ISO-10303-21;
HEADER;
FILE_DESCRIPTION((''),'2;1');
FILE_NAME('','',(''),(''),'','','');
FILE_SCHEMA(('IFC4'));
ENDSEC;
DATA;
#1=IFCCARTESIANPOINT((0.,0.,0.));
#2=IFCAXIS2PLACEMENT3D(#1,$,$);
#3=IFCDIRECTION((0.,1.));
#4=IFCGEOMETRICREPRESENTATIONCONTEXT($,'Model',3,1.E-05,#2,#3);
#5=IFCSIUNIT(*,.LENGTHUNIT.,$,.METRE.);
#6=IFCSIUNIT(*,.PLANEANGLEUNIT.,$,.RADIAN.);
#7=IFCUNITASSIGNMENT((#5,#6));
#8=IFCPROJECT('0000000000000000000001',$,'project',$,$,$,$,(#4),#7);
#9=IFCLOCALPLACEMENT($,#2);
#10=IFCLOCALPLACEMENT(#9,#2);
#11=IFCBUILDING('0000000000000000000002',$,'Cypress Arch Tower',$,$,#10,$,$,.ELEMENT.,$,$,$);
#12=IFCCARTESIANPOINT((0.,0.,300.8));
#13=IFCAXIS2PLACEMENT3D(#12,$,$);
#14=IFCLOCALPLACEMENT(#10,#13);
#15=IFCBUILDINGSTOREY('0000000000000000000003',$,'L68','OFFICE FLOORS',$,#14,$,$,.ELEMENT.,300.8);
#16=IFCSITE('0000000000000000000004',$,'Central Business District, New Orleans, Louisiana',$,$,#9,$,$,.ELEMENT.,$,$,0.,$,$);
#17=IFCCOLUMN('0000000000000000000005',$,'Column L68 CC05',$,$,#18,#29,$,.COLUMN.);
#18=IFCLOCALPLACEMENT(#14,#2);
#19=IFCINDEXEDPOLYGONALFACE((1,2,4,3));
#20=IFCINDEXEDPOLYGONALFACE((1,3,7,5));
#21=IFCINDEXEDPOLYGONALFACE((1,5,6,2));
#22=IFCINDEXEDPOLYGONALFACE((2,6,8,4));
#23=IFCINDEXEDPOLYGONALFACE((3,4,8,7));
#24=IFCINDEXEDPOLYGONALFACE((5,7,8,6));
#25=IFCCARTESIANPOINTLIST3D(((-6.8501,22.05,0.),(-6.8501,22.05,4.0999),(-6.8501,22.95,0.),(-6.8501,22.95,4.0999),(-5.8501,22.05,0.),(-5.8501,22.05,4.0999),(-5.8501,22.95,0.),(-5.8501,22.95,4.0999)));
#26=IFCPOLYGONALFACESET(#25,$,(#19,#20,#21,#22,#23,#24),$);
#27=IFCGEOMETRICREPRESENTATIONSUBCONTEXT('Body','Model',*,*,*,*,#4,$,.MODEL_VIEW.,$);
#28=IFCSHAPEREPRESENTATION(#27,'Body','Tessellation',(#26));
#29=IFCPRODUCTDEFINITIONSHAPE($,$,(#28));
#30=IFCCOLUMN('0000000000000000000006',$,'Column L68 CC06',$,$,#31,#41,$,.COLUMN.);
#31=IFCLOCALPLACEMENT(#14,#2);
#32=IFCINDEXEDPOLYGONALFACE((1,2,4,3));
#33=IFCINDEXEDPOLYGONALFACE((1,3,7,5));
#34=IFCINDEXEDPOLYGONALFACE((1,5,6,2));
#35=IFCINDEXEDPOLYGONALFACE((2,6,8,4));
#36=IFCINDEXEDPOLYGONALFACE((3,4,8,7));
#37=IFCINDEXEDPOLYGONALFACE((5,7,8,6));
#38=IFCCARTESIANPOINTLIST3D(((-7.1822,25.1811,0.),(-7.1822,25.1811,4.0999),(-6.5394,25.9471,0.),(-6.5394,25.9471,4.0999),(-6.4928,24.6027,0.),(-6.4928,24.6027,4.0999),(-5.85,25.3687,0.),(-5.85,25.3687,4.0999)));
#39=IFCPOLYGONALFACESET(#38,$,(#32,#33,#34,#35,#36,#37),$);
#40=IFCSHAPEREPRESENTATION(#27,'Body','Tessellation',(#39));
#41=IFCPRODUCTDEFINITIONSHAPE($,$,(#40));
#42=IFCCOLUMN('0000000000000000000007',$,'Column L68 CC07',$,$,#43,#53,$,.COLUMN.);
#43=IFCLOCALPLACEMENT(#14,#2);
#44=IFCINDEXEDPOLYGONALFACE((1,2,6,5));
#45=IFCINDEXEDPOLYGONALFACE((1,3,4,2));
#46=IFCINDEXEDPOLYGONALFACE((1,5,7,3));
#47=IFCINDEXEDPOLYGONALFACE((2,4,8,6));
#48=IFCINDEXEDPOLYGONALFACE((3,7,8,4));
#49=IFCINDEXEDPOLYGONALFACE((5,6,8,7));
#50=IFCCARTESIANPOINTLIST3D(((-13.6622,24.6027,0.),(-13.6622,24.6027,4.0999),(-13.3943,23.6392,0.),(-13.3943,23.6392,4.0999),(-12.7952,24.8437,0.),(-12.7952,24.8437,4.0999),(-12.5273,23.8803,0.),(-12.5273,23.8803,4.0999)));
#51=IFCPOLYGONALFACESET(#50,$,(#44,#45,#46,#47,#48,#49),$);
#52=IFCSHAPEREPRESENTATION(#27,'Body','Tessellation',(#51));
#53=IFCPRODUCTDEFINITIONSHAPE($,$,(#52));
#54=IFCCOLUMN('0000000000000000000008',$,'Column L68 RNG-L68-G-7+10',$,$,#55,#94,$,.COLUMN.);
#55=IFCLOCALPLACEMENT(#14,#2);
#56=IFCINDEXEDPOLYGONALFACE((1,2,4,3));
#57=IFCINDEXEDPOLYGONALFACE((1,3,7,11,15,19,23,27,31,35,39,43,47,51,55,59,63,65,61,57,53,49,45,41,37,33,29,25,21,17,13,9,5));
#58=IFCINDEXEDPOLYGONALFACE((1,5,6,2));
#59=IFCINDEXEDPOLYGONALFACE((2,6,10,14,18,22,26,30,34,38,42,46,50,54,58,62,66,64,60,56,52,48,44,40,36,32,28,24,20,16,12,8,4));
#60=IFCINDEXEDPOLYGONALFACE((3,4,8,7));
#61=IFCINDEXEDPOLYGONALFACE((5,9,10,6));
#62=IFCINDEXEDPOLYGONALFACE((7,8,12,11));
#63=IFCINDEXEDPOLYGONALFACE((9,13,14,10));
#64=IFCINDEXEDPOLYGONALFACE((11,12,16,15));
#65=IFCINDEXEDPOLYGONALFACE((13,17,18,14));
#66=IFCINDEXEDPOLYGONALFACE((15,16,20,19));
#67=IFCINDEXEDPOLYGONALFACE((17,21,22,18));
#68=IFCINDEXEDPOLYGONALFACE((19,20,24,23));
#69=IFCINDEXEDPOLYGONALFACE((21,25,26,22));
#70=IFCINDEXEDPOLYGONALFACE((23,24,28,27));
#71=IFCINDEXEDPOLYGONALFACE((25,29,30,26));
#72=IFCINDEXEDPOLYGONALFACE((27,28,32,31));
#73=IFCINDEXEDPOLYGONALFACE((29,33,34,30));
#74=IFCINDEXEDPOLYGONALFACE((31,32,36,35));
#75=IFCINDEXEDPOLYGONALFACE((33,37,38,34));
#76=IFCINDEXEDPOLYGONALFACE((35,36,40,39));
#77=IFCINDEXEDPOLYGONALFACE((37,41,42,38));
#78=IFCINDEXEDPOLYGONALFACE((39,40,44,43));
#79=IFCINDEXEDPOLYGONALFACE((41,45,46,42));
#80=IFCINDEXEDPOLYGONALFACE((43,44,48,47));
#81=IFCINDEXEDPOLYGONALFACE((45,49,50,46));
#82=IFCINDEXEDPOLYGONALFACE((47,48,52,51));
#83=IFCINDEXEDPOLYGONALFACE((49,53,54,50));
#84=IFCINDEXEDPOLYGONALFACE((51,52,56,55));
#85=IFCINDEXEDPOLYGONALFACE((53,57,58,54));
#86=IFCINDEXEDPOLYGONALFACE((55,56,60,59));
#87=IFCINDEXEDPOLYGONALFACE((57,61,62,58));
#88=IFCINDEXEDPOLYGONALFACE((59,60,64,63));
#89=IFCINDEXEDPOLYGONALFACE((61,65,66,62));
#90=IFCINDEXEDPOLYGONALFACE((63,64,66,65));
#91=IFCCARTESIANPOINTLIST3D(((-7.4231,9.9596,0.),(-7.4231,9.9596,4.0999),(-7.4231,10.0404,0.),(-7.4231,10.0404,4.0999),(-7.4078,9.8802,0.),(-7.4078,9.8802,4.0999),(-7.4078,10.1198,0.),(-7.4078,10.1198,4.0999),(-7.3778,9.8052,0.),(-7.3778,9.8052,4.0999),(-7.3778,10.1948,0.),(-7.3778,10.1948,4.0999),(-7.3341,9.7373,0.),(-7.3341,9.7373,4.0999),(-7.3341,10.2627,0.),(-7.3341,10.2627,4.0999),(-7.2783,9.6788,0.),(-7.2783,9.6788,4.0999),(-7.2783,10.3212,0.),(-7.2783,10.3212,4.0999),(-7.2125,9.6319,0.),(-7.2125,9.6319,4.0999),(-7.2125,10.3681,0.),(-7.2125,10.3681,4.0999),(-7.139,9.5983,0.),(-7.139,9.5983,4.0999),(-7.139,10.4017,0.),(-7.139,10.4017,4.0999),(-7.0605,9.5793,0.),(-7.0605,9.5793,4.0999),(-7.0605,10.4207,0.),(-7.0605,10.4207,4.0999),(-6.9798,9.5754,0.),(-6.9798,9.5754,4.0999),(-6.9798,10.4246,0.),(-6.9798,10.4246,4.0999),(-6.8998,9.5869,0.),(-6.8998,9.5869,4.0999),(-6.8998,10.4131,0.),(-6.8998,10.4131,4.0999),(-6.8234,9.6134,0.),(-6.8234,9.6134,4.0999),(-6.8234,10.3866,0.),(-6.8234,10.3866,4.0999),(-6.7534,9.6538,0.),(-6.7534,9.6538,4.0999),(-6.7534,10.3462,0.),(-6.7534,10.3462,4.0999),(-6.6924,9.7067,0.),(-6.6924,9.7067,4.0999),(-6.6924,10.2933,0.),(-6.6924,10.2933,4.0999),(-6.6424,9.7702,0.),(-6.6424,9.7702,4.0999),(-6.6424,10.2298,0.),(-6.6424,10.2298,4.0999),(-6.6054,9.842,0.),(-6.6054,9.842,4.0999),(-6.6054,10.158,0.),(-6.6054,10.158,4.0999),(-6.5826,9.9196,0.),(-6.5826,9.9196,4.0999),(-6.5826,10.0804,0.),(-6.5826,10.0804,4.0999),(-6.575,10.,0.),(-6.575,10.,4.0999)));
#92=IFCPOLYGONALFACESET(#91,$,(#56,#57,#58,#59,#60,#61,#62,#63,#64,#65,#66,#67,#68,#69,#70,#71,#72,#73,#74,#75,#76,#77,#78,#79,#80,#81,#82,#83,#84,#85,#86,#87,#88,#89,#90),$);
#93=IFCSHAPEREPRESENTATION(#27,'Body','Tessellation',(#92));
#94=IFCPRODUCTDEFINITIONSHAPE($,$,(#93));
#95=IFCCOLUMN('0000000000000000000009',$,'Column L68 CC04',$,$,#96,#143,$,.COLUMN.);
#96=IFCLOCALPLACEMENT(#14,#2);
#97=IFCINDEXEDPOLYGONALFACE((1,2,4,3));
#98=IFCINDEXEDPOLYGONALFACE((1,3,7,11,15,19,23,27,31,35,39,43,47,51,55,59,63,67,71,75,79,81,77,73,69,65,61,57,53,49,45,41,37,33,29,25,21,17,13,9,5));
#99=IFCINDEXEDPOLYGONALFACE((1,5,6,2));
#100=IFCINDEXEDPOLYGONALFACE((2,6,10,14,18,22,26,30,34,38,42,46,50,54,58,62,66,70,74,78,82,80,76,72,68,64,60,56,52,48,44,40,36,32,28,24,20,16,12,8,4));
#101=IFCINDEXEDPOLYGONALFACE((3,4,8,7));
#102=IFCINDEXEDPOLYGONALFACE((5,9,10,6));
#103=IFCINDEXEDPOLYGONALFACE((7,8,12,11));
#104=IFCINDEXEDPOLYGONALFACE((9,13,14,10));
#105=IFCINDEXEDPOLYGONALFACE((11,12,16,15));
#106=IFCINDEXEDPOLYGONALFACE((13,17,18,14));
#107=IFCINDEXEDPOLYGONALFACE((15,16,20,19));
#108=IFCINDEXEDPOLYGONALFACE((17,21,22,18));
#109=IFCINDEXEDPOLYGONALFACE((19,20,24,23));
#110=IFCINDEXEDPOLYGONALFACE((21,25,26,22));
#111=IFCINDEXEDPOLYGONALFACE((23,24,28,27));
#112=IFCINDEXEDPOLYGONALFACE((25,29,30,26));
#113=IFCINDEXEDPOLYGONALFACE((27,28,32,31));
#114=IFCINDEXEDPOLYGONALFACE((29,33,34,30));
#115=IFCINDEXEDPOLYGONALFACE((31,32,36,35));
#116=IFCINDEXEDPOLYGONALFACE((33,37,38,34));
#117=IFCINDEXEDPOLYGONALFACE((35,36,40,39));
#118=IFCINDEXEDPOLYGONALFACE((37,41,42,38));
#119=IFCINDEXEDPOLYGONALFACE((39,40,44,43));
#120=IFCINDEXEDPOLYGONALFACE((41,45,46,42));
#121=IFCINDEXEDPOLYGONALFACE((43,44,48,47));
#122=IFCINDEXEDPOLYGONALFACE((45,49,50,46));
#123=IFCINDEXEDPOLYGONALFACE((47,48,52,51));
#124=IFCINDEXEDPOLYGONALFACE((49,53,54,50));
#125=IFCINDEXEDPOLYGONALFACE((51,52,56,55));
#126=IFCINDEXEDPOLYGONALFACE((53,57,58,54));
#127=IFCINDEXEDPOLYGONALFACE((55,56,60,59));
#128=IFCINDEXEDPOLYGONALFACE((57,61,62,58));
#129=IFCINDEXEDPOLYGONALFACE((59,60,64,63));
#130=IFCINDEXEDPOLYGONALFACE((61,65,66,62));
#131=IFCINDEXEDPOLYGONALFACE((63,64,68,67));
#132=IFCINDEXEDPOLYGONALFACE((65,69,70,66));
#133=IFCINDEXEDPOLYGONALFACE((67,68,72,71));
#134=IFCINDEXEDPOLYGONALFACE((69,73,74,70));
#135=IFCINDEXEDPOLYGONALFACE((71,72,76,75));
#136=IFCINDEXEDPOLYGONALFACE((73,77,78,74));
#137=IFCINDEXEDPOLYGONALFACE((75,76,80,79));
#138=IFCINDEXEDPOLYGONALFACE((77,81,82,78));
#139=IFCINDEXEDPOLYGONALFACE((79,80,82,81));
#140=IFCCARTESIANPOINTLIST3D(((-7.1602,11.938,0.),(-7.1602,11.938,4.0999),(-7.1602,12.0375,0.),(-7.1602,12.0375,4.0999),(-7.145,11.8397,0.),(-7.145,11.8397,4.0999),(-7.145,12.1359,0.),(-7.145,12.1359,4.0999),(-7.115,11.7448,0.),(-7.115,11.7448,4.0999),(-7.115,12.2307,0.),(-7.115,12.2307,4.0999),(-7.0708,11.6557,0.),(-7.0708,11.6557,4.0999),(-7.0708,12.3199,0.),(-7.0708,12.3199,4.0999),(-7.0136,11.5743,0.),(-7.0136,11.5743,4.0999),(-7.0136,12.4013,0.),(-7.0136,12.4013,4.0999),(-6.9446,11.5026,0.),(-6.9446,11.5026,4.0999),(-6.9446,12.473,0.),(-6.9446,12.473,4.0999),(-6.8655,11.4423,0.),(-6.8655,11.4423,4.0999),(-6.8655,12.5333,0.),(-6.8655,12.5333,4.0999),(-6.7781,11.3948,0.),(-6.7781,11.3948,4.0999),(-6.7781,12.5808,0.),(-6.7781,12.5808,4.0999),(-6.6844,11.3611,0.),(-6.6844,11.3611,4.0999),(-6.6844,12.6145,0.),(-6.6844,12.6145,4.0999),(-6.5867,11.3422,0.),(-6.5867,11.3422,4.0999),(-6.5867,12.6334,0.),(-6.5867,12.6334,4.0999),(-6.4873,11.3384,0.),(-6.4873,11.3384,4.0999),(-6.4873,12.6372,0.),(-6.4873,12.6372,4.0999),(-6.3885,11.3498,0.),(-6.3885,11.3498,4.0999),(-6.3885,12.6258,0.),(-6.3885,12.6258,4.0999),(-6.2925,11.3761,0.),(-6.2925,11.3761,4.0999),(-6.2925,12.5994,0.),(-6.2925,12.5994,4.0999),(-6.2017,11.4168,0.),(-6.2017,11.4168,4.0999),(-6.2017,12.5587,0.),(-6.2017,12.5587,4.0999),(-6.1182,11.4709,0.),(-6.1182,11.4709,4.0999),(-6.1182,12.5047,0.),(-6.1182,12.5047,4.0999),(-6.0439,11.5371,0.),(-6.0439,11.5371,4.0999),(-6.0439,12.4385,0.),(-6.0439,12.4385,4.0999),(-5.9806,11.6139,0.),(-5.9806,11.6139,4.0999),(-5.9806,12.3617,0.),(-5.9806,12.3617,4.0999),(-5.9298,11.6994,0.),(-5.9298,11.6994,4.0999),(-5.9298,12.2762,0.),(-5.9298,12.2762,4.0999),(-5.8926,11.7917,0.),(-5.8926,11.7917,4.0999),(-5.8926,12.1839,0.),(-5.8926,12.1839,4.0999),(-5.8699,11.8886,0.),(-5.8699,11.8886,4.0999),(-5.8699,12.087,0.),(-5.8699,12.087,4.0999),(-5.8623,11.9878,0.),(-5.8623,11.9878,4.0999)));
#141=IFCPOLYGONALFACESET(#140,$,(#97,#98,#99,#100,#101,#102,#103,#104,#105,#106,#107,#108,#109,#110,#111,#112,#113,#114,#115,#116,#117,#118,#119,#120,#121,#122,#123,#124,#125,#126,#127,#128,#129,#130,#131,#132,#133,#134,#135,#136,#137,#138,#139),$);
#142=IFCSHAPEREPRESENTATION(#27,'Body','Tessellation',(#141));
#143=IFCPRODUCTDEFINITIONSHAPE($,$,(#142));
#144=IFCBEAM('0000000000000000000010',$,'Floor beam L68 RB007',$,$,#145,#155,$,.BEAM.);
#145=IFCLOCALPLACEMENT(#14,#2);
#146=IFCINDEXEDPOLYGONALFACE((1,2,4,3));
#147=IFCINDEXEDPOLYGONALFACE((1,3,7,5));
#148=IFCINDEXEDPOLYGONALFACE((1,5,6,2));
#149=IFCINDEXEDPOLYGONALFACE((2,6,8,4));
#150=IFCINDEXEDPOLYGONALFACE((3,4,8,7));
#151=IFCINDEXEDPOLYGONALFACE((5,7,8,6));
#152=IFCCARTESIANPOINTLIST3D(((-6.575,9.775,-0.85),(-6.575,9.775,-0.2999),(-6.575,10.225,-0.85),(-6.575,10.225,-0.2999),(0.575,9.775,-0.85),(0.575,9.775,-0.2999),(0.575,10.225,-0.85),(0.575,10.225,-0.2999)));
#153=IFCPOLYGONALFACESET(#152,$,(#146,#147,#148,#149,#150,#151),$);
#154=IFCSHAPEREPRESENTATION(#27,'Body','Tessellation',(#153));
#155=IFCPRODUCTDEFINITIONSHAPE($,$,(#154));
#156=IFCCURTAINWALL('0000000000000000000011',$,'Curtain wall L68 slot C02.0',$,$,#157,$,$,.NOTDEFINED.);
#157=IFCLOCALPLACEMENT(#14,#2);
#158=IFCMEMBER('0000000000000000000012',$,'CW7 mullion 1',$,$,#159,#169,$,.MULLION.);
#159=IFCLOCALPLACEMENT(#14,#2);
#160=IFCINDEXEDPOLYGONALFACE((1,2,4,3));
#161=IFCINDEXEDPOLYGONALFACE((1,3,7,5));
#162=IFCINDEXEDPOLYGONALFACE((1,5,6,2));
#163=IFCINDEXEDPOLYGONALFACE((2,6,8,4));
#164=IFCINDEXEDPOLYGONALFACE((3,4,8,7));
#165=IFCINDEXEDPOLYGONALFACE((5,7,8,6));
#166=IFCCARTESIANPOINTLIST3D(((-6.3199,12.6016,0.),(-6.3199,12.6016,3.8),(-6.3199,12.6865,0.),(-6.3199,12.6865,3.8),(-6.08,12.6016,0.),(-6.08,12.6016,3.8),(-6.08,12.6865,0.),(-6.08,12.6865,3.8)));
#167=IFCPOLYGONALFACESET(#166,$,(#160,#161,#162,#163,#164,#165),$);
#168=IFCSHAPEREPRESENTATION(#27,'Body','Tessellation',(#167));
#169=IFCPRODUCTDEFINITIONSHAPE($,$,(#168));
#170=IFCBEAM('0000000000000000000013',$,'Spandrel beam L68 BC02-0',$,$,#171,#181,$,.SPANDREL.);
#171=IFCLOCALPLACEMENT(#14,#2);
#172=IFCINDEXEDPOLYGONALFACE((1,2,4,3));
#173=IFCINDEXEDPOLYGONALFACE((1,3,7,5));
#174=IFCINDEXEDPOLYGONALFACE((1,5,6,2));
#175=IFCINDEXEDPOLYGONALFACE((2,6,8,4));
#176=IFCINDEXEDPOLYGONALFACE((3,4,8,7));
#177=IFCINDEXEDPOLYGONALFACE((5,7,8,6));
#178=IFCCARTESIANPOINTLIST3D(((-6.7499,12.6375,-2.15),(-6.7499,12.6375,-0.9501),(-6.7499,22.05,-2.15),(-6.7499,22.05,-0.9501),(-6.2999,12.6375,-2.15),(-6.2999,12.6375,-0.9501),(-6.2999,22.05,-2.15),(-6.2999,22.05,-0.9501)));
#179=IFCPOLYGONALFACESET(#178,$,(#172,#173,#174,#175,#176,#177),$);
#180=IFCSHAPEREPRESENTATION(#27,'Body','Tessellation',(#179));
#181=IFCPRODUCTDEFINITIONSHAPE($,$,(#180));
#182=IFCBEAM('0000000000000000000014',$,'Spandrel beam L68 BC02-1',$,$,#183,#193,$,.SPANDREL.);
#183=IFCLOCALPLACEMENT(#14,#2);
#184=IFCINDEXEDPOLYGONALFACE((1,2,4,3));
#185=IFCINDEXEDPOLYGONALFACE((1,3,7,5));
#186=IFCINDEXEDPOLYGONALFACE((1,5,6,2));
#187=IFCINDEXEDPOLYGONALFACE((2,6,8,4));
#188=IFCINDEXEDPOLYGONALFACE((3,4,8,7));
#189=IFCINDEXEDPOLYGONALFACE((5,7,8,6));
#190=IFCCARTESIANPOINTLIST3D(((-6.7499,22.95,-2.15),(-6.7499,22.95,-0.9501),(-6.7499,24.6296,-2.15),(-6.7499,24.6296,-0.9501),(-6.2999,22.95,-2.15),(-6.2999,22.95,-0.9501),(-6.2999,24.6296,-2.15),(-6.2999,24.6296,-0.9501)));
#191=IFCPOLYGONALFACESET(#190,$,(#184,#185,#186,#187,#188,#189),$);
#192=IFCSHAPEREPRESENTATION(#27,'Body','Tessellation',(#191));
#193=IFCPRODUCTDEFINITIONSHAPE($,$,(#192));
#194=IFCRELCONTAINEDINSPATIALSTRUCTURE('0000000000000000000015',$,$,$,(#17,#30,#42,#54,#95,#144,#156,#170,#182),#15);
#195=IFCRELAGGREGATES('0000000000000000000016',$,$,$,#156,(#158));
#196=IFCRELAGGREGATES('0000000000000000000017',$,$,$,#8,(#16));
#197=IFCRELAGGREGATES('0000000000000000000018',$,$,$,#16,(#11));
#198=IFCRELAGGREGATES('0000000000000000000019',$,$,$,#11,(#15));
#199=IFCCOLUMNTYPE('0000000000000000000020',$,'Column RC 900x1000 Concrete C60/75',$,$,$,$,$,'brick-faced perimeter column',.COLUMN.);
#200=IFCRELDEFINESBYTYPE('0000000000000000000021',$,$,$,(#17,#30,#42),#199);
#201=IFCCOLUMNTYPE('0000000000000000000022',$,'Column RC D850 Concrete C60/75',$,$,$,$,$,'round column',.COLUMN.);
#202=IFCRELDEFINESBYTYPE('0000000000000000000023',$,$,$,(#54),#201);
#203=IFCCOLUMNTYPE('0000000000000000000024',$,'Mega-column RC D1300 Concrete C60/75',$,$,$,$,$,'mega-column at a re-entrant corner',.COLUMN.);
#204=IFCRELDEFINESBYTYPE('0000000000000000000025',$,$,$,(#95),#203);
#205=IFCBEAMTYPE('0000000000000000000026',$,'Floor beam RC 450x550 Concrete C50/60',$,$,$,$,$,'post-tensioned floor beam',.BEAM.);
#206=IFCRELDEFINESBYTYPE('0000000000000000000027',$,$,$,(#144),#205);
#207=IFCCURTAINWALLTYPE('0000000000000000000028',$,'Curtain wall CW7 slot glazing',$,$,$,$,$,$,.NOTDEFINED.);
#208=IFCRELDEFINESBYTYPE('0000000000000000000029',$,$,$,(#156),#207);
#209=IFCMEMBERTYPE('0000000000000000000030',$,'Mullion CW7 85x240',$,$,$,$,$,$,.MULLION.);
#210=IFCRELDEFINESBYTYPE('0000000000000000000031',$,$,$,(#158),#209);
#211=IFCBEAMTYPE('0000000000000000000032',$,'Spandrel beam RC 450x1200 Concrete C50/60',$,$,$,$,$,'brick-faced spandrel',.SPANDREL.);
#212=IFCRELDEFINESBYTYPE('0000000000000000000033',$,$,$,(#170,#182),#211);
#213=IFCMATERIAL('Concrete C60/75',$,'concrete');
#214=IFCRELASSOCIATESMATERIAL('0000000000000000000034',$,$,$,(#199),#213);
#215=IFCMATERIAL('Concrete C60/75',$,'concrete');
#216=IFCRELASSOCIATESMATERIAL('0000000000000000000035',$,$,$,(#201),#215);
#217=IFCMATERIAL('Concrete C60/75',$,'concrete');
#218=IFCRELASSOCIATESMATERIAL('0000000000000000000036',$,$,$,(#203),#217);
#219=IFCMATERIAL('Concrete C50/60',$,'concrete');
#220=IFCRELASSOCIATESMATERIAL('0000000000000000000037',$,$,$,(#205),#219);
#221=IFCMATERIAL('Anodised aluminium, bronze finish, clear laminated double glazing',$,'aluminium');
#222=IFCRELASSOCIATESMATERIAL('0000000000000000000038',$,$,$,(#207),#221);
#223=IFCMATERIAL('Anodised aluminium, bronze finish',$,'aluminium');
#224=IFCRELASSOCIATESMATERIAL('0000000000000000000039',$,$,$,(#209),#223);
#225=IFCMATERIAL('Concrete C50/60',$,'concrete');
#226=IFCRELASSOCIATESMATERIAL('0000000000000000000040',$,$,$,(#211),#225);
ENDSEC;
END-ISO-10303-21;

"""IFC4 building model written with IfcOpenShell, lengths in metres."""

from ifc_helpers import new_model, si_unit, direction, frame, origin, origin_2d, place, context, subcontext, project, spatial, rectangle, circle, extrude, material, material_profile, profile_set, type_object, element, aggregate, save


model = new_model("IFC4")

# Units and contexts
model_context = context("Model", 3, precision=1e-05, world=origin(), true_north=direction((0.0, 1.0)))
body_context = subcontext(model_context, "Body", "Model", "MODEL_VIEW")
ifc_project = project(units=[si_unit("LENGTHUNIT", "METRE"), si_unit("PLANEANGLEUNIT", "RADIAN")], contexts=[model_context])

# Site, building, storey
site_placement = place(None, origin())
site = spatial("IfcSite", under=ifc_project, at=site_placement, Name="Central Business District, New Orleans, Louisiana", CompositionType="ELEMENT", RefElevation=0.0)
building_placement = place(site_placement, origin())
building = spatial("IfcBuilding", under=site, at=building_placement, Name="Cypress Arch Tower", CompositionType="ELEMENT")
storey_placement = place(building_placement, frame((0.0, 0.0, 300.8)))
storey = spatial("IfcBuildingStorey", under=building, at=storey_placement, Name="L68", Description="OFFICE FLOORS", CompositionType="ELEMENT", Elevation=300.8)

# Columns
ifc_material_1 = material(Name="Concrete C60/75", Category="concrete")
ifc_material_profile_1 = material_profile(ifc_material_1, rectangle(XDim=0.8999, YDim=1.0, at=origin_2d()), Name="RC 900x1000")
ifc_profile_set_1 = profile_set([ifc_material_profile_1], Name="Concrete C60/75")
column_type_1 = type_object("IfcColumnType", Name="Column RC 900x1000 Concrete C60/75", ElementType="brick-faced perimeter column", PredefinedType="COLUMN", material=ifc_profile_set_1)
for number, where, z_axis, x_axis, name in (
    (1, (-6.3501, 22.5, 0.0), (0.0, 0.0, 1.0), (0.0, 1.0, 0.0), "Column L68 CC05"),
    (2, (-6.5161, 25.2749, 0.0), (0.0, 0.0, 1.0), (-0.766064, 0.642765, 0.0), "Column L68 CC06"),
    (3, (-13.0947, 24.2415, 0.0), (0.0, 0.0, 1.0), (-0.963456, -0.267868, 0.0), "Column L68 CC07"),
):
    element("IfcColumn", number, at=place(storey_placement, frame(where, z_axis=z_axis, x_axis=x_axis)), inside=storey, type_object=column_type_1, Name=name, PredefinedType="COLUMN", context=body_context, shape_type="SweptSolid", body=[
        extrude(rectangle(XDim=0.8999, YDim=1.0, at=origin_2d()), origin(), (0.0, 0.0, 1.0), 4.0999),
    ])
ifc_material_2 = material(Name="Concrete C60/75", Category="concrete")
ifc_material_profile_2 = material_profile(ifc_material_2, circle(Radius=0.425, at=origin_2d()), Name="RC D850")
ifc_profile_set_2 = profile_set([ifc_material_profile_2], Name="Concrete C60/75")
column_type_2 = type_object("IfcColumnType", Name="Column RC D850 Concrete C60/75", ElementType="round column", PredefinedType="COLUMN", material=ifc_profile_set_2)
column_1_placement = place(storey_placement, frame((-7.0, 10.0, 0.0), z_axis=(0.0, 0.0, 1.0), x_axis=(1.0, 0.0, 0.0)))
element("IfcColumn", 4, at=column_1_placement, inside=storey, type_object=column_type_2, Name="Column L68 RNG-L68-G-7+10", PredefinedType="COLUMN", context=body_context, shape_type="SweptSolid", body=[
    extrude(circle(Radius=0.425, at=origin_2d()), origin(), (0.0, 0.0, 1.0), 4.0999),
])
ifc_material_3 = material(Name="Concrete C60/75", Category="concrete")
ifc_material_profile_3 = material_profile(ifc_material_3, circle(Radius=0.6499, at=origin_2d()), Name="RC D1300")
ifc_profile_set_3 = profile_set([ifc_material_profile_3], Name="Concrete C60/75")
column_type_3 = type_object("IfcColumnType", Name="Mega-column RC D1300 Concrete C60/75", ElementType="mega-column at a re-entrant corner", PredefinedType="COLUMN", material=ifc_profile_set_3)
column_2_placement = place(storey_placement, frame((-6.5122, 11.9878, 0.0), z_axis=(0.0, 0.0, 1.0), x_axis=(1.0, 0.0, 0.0)))
element("IfcColumn", 5, at=column_2_placement, inside=storey, type_object=column_type_3, Name="Column L68 CC04", PredefinedType="COLUMN", context=body_context, shape_type="SweptSolid", body=[
    extrude(circle(Radius=0.6499, at=origin_2d()), origin(), (0.0, 0.0, 1.0), 4.0999),
])

# Beam
ifc_material_4 = material(Name="Concrete C50/60", Category="concrete")
ifc_material_profile_4 = material_profile(ifc_material_4, rectangle(XDim=0.45, YDim=0.55, at=origin_2d()), Name="RC 450x550")
ifc_profile_set_4 = profile_set([ifc_material_profile_4], Name="Concrete C50/60")
beam_type_1 = type_object("IfcBeamType", Name="Floor beam RC 450x550 Concrete C50/60", ElementType="post-tensioned floor beam", PredefinedType="BEAM", material=ifc_profile_set_4)
beam_1_placement = place(storey_placement, frame((-6.575, 10.0, -0.575), z_axis=(1.0, 0.0, 0.0), x_axis=(0.0, 1.0, 0.0)))
element("IfcBeam", 6, at=beam_1_placement, inside=storey, type_object=beam_type_1, Name="Floor beam L68 RB007", PredefinedType="BEAM", context=body_context, shape_type="SweptSolid", body=[
    extrude(rectangle(XDim=0.45, YDim=0.55, at=origin_2d()), origin(), (0.0, 0.0, 1.0), 7.1499),
])

# Curtain wall, member
ifc_material_5 = material(Name="Anodised aluminium, bronze finish, clear laminated double glazing", Category="aluminium")
curtain_wall_type = type_object("IfcCurtainWallType", Name="Curtain wall CW7 slot glazing", PredefinedType="NOTDEFINED", material=ifc_material_5)
curtain_wall_placement = place(storey_placement, origin())
curtain_wall = element("IfcCurtainWall", 7, at=curtain_wall_placement, inside=storey, type_object=curtain_wall_type, Name="Curtain wall L68 slot C02.0", PredefinedType="NOTDEFINED")
ifc_material_6 = material(Name="Anodised aluminium, bronze finish", Category="aluminium")
ifc_material_profile_5 = material_profile(ifc_material_6, rectangle(XDim=0.24, YDim=0.085, at=origin_2d()), Name="Mullion 85x240")
ifc_profile_set_5 = profile_set([ifc_material_profile_5], Name="Anodised aluminium, bronze finish")
member_type_1 = type_object("IfcMemberType", Name="Mullion CW7 85x240", PredefinedType="MULLION", material=ifc_profile_set_5)
member_1_placement = place(storey_placement, frame((-6.2, 12.644, 0.0), z_axis=(0.0, 0.0, 1.0), x_axis=(-1.0, 0.0, 0.0)))
member_1 = element("IfcMember", 8, at=member_1_placement, type_object=member_type_1, Name="CW7 mullion 1", PredefinedType="MULLION", context=body_context, shape_type="SweptSolid", body=[
    extrude(rectangle(XDim=0.24, YDim=0.085, at=origin_2d()), origin(), (0.0, 0.0, 1.0), 3.8),
])

# Beams
ifc_material_7 = material(Name="Concrete C50/60", Category="concrete")
ifc_material_profile_6 = material_profile(ifc_material_7, rectangle(XDim=0.45, YDim=1.2, at=origin_2d()), Name="RC 450x1200")
ifc_profile_set_6 = profile_set([ifc_material_profile_6], Name="Concrete C50/60")
beam_type_2 = type_object("IfcBeamType", Name="Spandrel beam RC 450x1200 Concrete C50/60", ElementType="brick-faced spandrel", PredefinedType="SPANDREL", material=ifc_profile_set_6)
beam_2_placement = place(storey_placement, frame((-6.5249, 12.6375, -1.55), z_axis=(0.0, 1.0, 0.0), x_axis=(-1.0, 0.0, 0.0)))
element("IfcBeam", 9, at=beam_2_placement, inside=storey, type_object=beam_type_2, Name="Spandrel beam L68 BC02-0", PredefinedType="SPANDREL", context=body_context, shape_type="SweptSolid", body=[
    extrude(rectangle(XDim=0.45, YDim=1.2, at=origin_2d()), origin(), (0.0, 0.0, 1.0), 9.4126),
])
beam_3_placement = place(storey_placement, frame((-6.5249, 22.95, -1.55), z_axis=(0.0, 1.0, 0.0), x_axis=(-1.0, 0.0, 0.0)))
element("IfcBeam", 10, at=beam_3_placement, inside=storey, type_object=beam_type_2, Name="Spandrel beam L68 BC02-1", PredefinedType="SPANDREL", context=body_context, shape_type="SweptSolid", body=[
    extrude(rectangle(XDim=0.45, YDim=1.2, at=origin_2d()), origin(), (0.0, 0.0, 1.0), 1.6797),
])

aggregate(curtain_wall, [member_1])

save(model, "model.ifc")
